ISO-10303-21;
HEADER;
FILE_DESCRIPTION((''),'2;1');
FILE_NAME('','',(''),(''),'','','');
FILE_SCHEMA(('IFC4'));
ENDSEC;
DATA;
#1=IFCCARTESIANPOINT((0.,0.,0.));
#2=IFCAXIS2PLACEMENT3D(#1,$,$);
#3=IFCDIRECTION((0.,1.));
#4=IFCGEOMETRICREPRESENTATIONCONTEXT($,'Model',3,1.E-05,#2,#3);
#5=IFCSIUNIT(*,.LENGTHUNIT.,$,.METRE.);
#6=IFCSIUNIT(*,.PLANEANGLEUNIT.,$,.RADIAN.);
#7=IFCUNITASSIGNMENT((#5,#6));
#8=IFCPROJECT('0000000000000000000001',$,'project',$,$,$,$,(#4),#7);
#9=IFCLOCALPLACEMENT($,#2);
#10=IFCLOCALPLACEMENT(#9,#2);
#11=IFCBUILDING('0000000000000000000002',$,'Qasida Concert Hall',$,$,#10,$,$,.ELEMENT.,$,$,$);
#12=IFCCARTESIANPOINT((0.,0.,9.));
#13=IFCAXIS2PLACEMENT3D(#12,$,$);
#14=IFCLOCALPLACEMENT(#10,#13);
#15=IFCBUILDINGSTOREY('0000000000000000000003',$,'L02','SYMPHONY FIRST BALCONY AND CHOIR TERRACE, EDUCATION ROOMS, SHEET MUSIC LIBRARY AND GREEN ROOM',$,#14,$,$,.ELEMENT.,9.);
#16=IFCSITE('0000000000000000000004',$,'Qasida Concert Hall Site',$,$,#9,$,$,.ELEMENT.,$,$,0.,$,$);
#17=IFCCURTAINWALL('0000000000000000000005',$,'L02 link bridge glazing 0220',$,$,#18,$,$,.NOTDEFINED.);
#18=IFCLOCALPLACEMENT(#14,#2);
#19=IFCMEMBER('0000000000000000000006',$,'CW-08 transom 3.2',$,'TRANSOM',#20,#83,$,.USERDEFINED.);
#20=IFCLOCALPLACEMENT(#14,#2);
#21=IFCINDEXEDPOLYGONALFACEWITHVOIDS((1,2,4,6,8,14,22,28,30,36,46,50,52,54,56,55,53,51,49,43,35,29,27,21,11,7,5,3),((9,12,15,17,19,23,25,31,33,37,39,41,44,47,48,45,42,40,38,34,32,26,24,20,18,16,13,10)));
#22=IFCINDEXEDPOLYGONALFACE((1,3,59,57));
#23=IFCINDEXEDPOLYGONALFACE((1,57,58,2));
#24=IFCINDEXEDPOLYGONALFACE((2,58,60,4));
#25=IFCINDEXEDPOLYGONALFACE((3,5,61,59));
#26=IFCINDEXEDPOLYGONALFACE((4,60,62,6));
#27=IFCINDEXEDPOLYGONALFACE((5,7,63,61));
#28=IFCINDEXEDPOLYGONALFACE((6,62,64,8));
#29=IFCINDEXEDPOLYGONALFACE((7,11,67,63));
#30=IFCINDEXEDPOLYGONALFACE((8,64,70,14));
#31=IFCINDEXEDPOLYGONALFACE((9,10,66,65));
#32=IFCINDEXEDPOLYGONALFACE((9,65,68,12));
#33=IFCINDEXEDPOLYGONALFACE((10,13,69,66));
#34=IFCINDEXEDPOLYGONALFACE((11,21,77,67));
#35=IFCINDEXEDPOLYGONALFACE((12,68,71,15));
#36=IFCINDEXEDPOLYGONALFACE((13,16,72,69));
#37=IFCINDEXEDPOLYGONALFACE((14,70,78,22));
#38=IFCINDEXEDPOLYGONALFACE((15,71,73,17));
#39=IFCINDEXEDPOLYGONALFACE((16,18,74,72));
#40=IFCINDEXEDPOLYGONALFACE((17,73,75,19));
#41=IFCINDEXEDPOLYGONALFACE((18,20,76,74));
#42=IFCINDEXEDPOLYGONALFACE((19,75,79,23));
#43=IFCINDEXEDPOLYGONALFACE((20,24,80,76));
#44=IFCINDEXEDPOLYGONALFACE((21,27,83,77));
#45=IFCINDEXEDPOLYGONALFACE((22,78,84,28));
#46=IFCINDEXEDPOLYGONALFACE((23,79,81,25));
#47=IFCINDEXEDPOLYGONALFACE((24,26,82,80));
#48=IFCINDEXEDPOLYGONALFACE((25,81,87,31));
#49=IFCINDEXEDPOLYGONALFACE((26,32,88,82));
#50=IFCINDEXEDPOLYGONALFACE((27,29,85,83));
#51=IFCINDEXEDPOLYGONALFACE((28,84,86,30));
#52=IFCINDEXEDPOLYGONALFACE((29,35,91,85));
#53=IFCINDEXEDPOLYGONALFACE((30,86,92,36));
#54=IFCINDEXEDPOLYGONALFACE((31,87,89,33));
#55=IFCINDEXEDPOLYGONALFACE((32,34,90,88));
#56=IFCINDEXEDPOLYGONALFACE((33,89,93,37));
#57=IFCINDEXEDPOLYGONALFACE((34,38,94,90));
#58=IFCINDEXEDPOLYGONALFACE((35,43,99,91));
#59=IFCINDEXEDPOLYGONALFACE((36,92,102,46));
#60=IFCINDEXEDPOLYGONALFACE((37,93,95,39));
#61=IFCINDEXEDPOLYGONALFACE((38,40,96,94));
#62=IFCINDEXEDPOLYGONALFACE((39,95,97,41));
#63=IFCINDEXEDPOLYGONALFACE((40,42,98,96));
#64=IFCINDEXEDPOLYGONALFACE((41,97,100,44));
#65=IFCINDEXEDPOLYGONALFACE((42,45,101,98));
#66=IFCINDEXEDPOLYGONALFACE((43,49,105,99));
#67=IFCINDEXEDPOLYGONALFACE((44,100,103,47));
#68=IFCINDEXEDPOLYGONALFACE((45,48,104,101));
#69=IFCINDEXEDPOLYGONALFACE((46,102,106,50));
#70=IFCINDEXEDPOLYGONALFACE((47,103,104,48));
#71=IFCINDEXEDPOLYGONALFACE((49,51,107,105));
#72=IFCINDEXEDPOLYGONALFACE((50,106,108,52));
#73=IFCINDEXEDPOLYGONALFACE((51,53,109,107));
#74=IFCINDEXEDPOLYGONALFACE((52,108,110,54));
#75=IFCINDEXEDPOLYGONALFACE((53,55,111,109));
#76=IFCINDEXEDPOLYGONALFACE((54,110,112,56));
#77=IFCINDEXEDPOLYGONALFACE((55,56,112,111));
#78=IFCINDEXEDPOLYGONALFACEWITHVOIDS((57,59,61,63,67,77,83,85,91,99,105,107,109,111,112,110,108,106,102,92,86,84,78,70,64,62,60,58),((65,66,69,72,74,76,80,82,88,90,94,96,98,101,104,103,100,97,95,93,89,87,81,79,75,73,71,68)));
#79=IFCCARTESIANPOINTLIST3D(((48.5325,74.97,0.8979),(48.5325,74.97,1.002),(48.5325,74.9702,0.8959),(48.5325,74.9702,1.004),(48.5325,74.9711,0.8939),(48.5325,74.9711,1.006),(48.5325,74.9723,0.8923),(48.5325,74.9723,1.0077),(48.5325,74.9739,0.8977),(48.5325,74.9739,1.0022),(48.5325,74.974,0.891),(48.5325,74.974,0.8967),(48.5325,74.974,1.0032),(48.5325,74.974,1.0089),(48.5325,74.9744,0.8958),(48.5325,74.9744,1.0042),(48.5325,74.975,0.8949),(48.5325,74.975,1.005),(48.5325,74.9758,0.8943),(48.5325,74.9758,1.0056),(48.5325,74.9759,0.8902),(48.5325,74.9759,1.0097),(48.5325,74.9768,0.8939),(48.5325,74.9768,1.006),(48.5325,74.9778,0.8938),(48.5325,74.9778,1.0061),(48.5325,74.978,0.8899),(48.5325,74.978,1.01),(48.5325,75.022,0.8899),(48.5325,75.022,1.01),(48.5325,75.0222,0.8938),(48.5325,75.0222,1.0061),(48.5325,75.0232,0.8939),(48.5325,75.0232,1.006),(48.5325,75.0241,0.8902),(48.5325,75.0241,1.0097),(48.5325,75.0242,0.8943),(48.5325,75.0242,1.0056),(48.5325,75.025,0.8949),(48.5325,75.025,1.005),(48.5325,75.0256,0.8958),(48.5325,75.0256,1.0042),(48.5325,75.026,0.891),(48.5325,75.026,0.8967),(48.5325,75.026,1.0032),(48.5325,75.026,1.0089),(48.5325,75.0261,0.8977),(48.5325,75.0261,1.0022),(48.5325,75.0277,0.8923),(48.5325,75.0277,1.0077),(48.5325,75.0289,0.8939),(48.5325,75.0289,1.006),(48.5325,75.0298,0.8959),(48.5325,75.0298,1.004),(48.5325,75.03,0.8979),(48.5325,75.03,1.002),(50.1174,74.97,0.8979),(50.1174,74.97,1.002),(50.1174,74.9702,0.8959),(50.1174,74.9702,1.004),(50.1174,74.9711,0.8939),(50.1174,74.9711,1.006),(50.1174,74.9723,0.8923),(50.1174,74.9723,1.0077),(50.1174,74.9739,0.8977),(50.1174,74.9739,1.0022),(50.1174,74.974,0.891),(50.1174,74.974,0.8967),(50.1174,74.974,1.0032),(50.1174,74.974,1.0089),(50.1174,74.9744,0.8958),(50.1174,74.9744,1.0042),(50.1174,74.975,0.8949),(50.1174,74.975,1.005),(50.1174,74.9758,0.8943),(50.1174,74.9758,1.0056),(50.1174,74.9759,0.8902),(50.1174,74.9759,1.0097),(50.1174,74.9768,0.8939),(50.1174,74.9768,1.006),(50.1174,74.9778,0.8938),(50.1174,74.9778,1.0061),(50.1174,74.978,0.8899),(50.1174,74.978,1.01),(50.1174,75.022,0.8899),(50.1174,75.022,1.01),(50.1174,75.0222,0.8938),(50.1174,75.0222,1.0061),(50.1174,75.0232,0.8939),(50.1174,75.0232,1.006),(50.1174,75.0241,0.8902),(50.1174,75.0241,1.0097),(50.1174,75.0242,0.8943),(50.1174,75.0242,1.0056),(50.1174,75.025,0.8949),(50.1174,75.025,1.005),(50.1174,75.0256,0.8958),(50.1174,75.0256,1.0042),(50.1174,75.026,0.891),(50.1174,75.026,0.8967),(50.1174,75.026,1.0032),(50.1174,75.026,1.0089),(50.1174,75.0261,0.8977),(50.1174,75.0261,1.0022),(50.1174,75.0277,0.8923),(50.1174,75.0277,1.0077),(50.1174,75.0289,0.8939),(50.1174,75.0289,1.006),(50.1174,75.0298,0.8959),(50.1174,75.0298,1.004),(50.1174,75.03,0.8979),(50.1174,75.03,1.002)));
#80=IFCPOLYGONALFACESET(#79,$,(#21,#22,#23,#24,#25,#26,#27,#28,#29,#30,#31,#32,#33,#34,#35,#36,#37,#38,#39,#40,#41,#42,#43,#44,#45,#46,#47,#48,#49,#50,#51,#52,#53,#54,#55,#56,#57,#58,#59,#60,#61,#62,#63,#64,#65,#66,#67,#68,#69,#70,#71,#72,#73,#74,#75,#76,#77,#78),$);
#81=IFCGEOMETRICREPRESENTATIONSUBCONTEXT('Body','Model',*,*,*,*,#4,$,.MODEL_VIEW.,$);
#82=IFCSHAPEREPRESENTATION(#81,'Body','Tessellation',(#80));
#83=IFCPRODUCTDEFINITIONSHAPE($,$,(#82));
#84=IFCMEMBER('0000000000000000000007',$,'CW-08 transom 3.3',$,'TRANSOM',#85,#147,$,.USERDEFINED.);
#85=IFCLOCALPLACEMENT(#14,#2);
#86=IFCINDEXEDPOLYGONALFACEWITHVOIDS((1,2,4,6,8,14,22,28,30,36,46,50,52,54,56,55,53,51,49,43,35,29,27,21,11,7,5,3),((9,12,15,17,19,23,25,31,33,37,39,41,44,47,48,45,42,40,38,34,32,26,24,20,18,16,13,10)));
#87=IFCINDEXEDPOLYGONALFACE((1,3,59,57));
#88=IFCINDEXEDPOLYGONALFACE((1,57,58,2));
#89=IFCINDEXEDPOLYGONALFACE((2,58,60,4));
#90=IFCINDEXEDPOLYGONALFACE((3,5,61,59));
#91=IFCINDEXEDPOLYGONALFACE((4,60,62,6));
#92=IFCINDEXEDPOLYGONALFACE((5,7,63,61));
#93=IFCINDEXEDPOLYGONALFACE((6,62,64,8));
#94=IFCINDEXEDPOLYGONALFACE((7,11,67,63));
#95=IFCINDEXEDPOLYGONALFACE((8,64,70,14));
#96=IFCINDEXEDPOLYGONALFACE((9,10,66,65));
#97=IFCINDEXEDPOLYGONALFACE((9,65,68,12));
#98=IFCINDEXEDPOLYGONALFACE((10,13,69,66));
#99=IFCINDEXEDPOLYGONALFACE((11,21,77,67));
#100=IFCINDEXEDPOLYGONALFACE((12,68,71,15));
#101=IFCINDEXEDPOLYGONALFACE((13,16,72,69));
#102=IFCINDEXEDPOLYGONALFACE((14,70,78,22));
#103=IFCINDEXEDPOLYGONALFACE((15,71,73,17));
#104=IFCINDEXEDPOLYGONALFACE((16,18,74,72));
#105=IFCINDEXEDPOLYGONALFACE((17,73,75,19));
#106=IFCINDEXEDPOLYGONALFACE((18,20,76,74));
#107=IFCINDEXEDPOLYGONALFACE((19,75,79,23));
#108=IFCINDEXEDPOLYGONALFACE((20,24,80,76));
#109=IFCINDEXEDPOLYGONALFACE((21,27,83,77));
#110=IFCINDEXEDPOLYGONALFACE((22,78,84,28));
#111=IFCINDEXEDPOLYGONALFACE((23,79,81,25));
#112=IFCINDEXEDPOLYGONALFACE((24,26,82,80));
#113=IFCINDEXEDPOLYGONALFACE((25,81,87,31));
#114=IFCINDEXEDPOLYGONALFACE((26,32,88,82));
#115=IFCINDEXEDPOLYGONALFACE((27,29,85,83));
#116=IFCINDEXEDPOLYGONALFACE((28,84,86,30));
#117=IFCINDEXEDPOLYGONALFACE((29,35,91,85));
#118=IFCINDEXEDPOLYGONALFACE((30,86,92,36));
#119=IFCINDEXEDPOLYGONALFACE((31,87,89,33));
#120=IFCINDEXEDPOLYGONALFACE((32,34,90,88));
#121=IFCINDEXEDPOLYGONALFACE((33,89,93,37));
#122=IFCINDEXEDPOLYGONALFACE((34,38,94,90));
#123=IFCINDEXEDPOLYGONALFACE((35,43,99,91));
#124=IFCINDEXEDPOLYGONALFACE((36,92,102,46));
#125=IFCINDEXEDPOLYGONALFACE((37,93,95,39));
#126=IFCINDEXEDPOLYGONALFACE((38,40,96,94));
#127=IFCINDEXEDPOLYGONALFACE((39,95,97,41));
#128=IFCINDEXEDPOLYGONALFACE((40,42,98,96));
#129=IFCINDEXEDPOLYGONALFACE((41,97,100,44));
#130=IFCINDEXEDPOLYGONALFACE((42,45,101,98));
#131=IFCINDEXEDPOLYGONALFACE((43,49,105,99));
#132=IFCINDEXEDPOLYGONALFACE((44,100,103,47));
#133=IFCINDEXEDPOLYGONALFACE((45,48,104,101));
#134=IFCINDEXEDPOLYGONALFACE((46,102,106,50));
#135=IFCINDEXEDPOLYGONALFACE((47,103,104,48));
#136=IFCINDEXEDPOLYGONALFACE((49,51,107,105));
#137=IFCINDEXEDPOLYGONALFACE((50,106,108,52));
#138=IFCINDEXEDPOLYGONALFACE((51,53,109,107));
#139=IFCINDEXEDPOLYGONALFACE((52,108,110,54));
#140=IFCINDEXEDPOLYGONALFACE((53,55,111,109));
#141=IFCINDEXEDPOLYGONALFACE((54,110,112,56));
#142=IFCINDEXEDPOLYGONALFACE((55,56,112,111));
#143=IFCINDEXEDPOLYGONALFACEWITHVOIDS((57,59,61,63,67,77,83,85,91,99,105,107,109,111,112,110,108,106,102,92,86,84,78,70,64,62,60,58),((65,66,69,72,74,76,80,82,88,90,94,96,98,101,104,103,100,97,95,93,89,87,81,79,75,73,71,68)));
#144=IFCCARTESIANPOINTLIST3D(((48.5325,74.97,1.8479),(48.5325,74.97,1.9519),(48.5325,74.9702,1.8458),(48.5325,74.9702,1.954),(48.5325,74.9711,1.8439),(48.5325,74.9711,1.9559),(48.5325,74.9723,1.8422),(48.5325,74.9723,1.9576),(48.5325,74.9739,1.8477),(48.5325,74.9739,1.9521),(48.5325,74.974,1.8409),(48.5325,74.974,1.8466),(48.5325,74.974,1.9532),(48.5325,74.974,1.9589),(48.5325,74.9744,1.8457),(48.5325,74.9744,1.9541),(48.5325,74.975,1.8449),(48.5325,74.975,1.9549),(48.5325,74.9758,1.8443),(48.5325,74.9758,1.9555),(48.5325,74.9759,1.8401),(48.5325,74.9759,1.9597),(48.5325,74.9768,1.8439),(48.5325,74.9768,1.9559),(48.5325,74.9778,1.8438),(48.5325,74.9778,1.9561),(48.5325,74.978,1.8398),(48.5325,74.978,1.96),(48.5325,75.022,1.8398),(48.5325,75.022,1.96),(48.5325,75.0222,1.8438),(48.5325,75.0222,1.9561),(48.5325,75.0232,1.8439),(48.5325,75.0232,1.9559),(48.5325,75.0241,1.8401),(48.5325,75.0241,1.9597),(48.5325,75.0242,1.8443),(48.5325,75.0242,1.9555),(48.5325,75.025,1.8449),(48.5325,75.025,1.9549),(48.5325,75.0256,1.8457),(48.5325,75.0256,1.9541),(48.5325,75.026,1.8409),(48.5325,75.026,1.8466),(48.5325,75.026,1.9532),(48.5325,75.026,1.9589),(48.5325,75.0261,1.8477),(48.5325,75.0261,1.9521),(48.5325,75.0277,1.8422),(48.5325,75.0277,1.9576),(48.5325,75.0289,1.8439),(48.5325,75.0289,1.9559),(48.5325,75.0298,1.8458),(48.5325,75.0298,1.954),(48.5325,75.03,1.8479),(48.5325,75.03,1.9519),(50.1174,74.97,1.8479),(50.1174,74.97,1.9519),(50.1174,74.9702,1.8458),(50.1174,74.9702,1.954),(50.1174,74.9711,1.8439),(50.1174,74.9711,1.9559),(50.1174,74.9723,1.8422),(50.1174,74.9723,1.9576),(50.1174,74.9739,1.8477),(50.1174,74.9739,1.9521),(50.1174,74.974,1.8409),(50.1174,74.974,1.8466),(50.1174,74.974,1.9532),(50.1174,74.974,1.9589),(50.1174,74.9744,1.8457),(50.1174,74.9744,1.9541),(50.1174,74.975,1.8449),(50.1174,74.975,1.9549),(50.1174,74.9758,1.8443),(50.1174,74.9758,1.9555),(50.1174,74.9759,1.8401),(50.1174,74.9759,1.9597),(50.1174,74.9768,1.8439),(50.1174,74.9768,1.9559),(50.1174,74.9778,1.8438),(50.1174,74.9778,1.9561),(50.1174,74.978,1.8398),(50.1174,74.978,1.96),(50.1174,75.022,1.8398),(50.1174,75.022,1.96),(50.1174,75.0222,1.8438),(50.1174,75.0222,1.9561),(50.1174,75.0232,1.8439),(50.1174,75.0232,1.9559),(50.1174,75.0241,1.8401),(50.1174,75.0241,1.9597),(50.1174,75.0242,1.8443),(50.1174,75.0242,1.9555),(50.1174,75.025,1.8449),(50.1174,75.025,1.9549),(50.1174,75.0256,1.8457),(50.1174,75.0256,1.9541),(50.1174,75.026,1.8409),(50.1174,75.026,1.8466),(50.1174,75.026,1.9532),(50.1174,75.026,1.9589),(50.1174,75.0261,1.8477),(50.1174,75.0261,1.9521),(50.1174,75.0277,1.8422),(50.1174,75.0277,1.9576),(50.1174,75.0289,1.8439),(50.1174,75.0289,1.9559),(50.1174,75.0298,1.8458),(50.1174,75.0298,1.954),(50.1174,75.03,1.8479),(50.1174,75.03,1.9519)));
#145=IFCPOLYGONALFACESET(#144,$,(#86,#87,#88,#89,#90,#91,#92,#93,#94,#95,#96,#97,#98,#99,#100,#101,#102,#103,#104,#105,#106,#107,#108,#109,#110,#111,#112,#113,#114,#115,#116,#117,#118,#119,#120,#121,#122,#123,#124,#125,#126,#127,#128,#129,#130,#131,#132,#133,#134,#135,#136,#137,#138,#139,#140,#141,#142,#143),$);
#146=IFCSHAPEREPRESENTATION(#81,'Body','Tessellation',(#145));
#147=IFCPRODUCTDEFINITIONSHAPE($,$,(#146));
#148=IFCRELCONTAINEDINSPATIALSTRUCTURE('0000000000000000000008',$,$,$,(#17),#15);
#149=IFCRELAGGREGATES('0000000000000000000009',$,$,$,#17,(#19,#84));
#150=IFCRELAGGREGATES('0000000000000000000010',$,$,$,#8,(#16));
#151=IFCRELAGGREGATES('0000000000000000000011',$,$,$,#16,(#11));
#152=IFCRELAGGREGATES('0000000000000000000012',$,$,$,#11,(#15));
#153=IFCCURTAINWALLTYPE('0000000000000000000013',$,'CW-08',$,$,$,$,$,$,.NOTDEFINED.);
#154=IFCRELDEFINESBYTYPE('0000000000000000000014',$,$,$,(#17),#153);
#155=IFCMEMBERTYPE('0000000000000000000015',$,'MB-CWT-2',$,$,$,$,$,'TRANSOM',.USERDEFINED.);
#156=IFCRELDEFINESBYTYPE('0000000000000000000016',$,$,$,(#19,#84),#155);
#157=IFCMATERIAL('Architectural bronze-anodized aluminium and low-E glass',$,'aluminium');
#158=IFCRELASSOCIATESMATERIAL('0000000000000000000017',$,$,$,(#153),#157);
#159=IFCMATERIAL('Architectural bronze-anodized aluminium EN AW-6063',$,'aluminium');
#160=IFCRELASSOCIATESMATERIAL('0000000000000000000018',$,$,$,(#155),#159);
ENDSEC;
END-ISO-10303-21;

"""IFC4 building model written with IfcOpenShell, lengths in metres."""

from ifc_helpers import new_model, si_unit, direction, frame, origin, origin_2d, place, context, subcontext, project, spatial, hollow_rectangle, extrude, material, material_profile, profile_set, type_object, element, aggregate, save


model = new_model("IFC4")

# Units and contexts
model_context = context("Model", 3, precision=1e-05, world=origin(), true_north=direction((0.0, 1.0)))
body_context = subcontext(model_context, "Body", "Model", "MODEL_VIEW")
ifc_project = project(units=[si_unit("LENGTHUNIT", "METRE"), si_unit("PLANEANGLEUNIT", "RADIAN")], contexts=[model_context])

# Site, building, storey
site_placement = place(None, origin())
site = spatial("IfcSite", under=ifc_project, at=site_placement, Name="Qasida Concert Hall Site", CompositionType="ELEMENT", RefElevation=0.0)
building_placement = place(site_placement, origin())
building = spatial("IfcBuilding", under=site, at=building_placement, Name="Qasida Concert Hall", CompositionType="ELEMENT")
storey_placement = place(building_placement, frame((0.0, 0.0, 9.0)))
storey = spatial("IfcBuildingStorey", under=building, at=storey_placement, Name="L02", Description="SYMPHONY FIRST BALCONY AND CHOIR TERRACE, EDUCATION ROOMS, SHEET MUSIC LIBRARY AND GREEN ROOM", CompositionType="ELEMENT", Elevation=9.0)

# Curtain wall, members
ifc_material_1 = material(Name="Architectural bronze-anodized aluminium and low-E glass", Category="aluminium")
curtain_wall_type = type_object("IfcCurtainWallType", Name="CW-08", PredefinedType="NOTDEFINED", material=ifc_material_1)
curtain_wall_placement = place(storey_placement, origin())
curtain_wall = element("IfcCurtainWall", 1, at=curtain_wall_placement, inside=storey, type_object=curtain_wall_type, Name="L02 link bridge glazing 0220", PredefinedType="NOTDEFINED")
ifc_material_2 = material(Name="Architectural bronze-anodized aluminium EN AW-6063", Category="aluminium")
ifc_material_profile_1 = material_profile(ifc_material_2, hollow_rectangle(XDim=0.0601, YDim=0.1201, WallThickness=0.0039, InnerFilletRadius=0.0039, OuterFilletRadius=0.0081, at=origin_2d()), Name="CWT 120x60x4")
ifc_profile_set_1 = profile_set([ifc_material_profile_1], Name="Architectural bronze-anodized aluminium EN AW-6063")
member_type_1 = type_object("IfcMemberType", Name="MB-CWT-2", ElementType="TRANSOM", PredefinedType="USERDEFINED", material=ifc_profile_set_1)
member_1_placement = place(storey_placement, frame((48.5325, 75.0, 0.95), z_axis=(1.0, 0.0, 0.0), x_axis=(0.0, 1.0, 0.0)))
member_1 = element("IfcMember", 2, at=member_1_placement, type_object=member_type_1, Name="CW-08 transom 3.2", ObjectType="TRANSOM", PredefinedType="USERDEFINED", context=body_context, shape_type="SweptSolid", body=[
    extrude(hollow_rectangle(XDim=0.0601, YDim=0.1201, WallThickness=0.0039, InnerFilletRadius=0.0039, OuterFilletRadius=0.0081, at=origin_2d()), origin(), (0.0, 0.0, 1.0), 1.585),
])
member_2_placement = place(storey_placement, frame((48.5325, 75.0, 1.8999), z_axis=(1.0, 0.0, 0.0), x_axis=(0.0, 1.0, 0.0)))
member_2 = element("IfcMember", 3, at=member_2_placement, type_object=member_type_1, Name="CW-08 transom 3.3", ObjectType="TRANSOM", PredefinedType="USERDEFINED", context=body_context, shape_type="SweptSolid", body=[
    extrude(hollow_rectangle(XDim=0.0601, YDim=0.1201, WallThickness=0.0039, InnerFilletRadius=0.0039, OuterFilletRadius=0.0081, at=origin_2d()), origin(), (0.0, 0.0, 1.0), 1.585),
])
aggregate(curtain_wall, [member_1, member_2])

save(model, "model.ifc")
